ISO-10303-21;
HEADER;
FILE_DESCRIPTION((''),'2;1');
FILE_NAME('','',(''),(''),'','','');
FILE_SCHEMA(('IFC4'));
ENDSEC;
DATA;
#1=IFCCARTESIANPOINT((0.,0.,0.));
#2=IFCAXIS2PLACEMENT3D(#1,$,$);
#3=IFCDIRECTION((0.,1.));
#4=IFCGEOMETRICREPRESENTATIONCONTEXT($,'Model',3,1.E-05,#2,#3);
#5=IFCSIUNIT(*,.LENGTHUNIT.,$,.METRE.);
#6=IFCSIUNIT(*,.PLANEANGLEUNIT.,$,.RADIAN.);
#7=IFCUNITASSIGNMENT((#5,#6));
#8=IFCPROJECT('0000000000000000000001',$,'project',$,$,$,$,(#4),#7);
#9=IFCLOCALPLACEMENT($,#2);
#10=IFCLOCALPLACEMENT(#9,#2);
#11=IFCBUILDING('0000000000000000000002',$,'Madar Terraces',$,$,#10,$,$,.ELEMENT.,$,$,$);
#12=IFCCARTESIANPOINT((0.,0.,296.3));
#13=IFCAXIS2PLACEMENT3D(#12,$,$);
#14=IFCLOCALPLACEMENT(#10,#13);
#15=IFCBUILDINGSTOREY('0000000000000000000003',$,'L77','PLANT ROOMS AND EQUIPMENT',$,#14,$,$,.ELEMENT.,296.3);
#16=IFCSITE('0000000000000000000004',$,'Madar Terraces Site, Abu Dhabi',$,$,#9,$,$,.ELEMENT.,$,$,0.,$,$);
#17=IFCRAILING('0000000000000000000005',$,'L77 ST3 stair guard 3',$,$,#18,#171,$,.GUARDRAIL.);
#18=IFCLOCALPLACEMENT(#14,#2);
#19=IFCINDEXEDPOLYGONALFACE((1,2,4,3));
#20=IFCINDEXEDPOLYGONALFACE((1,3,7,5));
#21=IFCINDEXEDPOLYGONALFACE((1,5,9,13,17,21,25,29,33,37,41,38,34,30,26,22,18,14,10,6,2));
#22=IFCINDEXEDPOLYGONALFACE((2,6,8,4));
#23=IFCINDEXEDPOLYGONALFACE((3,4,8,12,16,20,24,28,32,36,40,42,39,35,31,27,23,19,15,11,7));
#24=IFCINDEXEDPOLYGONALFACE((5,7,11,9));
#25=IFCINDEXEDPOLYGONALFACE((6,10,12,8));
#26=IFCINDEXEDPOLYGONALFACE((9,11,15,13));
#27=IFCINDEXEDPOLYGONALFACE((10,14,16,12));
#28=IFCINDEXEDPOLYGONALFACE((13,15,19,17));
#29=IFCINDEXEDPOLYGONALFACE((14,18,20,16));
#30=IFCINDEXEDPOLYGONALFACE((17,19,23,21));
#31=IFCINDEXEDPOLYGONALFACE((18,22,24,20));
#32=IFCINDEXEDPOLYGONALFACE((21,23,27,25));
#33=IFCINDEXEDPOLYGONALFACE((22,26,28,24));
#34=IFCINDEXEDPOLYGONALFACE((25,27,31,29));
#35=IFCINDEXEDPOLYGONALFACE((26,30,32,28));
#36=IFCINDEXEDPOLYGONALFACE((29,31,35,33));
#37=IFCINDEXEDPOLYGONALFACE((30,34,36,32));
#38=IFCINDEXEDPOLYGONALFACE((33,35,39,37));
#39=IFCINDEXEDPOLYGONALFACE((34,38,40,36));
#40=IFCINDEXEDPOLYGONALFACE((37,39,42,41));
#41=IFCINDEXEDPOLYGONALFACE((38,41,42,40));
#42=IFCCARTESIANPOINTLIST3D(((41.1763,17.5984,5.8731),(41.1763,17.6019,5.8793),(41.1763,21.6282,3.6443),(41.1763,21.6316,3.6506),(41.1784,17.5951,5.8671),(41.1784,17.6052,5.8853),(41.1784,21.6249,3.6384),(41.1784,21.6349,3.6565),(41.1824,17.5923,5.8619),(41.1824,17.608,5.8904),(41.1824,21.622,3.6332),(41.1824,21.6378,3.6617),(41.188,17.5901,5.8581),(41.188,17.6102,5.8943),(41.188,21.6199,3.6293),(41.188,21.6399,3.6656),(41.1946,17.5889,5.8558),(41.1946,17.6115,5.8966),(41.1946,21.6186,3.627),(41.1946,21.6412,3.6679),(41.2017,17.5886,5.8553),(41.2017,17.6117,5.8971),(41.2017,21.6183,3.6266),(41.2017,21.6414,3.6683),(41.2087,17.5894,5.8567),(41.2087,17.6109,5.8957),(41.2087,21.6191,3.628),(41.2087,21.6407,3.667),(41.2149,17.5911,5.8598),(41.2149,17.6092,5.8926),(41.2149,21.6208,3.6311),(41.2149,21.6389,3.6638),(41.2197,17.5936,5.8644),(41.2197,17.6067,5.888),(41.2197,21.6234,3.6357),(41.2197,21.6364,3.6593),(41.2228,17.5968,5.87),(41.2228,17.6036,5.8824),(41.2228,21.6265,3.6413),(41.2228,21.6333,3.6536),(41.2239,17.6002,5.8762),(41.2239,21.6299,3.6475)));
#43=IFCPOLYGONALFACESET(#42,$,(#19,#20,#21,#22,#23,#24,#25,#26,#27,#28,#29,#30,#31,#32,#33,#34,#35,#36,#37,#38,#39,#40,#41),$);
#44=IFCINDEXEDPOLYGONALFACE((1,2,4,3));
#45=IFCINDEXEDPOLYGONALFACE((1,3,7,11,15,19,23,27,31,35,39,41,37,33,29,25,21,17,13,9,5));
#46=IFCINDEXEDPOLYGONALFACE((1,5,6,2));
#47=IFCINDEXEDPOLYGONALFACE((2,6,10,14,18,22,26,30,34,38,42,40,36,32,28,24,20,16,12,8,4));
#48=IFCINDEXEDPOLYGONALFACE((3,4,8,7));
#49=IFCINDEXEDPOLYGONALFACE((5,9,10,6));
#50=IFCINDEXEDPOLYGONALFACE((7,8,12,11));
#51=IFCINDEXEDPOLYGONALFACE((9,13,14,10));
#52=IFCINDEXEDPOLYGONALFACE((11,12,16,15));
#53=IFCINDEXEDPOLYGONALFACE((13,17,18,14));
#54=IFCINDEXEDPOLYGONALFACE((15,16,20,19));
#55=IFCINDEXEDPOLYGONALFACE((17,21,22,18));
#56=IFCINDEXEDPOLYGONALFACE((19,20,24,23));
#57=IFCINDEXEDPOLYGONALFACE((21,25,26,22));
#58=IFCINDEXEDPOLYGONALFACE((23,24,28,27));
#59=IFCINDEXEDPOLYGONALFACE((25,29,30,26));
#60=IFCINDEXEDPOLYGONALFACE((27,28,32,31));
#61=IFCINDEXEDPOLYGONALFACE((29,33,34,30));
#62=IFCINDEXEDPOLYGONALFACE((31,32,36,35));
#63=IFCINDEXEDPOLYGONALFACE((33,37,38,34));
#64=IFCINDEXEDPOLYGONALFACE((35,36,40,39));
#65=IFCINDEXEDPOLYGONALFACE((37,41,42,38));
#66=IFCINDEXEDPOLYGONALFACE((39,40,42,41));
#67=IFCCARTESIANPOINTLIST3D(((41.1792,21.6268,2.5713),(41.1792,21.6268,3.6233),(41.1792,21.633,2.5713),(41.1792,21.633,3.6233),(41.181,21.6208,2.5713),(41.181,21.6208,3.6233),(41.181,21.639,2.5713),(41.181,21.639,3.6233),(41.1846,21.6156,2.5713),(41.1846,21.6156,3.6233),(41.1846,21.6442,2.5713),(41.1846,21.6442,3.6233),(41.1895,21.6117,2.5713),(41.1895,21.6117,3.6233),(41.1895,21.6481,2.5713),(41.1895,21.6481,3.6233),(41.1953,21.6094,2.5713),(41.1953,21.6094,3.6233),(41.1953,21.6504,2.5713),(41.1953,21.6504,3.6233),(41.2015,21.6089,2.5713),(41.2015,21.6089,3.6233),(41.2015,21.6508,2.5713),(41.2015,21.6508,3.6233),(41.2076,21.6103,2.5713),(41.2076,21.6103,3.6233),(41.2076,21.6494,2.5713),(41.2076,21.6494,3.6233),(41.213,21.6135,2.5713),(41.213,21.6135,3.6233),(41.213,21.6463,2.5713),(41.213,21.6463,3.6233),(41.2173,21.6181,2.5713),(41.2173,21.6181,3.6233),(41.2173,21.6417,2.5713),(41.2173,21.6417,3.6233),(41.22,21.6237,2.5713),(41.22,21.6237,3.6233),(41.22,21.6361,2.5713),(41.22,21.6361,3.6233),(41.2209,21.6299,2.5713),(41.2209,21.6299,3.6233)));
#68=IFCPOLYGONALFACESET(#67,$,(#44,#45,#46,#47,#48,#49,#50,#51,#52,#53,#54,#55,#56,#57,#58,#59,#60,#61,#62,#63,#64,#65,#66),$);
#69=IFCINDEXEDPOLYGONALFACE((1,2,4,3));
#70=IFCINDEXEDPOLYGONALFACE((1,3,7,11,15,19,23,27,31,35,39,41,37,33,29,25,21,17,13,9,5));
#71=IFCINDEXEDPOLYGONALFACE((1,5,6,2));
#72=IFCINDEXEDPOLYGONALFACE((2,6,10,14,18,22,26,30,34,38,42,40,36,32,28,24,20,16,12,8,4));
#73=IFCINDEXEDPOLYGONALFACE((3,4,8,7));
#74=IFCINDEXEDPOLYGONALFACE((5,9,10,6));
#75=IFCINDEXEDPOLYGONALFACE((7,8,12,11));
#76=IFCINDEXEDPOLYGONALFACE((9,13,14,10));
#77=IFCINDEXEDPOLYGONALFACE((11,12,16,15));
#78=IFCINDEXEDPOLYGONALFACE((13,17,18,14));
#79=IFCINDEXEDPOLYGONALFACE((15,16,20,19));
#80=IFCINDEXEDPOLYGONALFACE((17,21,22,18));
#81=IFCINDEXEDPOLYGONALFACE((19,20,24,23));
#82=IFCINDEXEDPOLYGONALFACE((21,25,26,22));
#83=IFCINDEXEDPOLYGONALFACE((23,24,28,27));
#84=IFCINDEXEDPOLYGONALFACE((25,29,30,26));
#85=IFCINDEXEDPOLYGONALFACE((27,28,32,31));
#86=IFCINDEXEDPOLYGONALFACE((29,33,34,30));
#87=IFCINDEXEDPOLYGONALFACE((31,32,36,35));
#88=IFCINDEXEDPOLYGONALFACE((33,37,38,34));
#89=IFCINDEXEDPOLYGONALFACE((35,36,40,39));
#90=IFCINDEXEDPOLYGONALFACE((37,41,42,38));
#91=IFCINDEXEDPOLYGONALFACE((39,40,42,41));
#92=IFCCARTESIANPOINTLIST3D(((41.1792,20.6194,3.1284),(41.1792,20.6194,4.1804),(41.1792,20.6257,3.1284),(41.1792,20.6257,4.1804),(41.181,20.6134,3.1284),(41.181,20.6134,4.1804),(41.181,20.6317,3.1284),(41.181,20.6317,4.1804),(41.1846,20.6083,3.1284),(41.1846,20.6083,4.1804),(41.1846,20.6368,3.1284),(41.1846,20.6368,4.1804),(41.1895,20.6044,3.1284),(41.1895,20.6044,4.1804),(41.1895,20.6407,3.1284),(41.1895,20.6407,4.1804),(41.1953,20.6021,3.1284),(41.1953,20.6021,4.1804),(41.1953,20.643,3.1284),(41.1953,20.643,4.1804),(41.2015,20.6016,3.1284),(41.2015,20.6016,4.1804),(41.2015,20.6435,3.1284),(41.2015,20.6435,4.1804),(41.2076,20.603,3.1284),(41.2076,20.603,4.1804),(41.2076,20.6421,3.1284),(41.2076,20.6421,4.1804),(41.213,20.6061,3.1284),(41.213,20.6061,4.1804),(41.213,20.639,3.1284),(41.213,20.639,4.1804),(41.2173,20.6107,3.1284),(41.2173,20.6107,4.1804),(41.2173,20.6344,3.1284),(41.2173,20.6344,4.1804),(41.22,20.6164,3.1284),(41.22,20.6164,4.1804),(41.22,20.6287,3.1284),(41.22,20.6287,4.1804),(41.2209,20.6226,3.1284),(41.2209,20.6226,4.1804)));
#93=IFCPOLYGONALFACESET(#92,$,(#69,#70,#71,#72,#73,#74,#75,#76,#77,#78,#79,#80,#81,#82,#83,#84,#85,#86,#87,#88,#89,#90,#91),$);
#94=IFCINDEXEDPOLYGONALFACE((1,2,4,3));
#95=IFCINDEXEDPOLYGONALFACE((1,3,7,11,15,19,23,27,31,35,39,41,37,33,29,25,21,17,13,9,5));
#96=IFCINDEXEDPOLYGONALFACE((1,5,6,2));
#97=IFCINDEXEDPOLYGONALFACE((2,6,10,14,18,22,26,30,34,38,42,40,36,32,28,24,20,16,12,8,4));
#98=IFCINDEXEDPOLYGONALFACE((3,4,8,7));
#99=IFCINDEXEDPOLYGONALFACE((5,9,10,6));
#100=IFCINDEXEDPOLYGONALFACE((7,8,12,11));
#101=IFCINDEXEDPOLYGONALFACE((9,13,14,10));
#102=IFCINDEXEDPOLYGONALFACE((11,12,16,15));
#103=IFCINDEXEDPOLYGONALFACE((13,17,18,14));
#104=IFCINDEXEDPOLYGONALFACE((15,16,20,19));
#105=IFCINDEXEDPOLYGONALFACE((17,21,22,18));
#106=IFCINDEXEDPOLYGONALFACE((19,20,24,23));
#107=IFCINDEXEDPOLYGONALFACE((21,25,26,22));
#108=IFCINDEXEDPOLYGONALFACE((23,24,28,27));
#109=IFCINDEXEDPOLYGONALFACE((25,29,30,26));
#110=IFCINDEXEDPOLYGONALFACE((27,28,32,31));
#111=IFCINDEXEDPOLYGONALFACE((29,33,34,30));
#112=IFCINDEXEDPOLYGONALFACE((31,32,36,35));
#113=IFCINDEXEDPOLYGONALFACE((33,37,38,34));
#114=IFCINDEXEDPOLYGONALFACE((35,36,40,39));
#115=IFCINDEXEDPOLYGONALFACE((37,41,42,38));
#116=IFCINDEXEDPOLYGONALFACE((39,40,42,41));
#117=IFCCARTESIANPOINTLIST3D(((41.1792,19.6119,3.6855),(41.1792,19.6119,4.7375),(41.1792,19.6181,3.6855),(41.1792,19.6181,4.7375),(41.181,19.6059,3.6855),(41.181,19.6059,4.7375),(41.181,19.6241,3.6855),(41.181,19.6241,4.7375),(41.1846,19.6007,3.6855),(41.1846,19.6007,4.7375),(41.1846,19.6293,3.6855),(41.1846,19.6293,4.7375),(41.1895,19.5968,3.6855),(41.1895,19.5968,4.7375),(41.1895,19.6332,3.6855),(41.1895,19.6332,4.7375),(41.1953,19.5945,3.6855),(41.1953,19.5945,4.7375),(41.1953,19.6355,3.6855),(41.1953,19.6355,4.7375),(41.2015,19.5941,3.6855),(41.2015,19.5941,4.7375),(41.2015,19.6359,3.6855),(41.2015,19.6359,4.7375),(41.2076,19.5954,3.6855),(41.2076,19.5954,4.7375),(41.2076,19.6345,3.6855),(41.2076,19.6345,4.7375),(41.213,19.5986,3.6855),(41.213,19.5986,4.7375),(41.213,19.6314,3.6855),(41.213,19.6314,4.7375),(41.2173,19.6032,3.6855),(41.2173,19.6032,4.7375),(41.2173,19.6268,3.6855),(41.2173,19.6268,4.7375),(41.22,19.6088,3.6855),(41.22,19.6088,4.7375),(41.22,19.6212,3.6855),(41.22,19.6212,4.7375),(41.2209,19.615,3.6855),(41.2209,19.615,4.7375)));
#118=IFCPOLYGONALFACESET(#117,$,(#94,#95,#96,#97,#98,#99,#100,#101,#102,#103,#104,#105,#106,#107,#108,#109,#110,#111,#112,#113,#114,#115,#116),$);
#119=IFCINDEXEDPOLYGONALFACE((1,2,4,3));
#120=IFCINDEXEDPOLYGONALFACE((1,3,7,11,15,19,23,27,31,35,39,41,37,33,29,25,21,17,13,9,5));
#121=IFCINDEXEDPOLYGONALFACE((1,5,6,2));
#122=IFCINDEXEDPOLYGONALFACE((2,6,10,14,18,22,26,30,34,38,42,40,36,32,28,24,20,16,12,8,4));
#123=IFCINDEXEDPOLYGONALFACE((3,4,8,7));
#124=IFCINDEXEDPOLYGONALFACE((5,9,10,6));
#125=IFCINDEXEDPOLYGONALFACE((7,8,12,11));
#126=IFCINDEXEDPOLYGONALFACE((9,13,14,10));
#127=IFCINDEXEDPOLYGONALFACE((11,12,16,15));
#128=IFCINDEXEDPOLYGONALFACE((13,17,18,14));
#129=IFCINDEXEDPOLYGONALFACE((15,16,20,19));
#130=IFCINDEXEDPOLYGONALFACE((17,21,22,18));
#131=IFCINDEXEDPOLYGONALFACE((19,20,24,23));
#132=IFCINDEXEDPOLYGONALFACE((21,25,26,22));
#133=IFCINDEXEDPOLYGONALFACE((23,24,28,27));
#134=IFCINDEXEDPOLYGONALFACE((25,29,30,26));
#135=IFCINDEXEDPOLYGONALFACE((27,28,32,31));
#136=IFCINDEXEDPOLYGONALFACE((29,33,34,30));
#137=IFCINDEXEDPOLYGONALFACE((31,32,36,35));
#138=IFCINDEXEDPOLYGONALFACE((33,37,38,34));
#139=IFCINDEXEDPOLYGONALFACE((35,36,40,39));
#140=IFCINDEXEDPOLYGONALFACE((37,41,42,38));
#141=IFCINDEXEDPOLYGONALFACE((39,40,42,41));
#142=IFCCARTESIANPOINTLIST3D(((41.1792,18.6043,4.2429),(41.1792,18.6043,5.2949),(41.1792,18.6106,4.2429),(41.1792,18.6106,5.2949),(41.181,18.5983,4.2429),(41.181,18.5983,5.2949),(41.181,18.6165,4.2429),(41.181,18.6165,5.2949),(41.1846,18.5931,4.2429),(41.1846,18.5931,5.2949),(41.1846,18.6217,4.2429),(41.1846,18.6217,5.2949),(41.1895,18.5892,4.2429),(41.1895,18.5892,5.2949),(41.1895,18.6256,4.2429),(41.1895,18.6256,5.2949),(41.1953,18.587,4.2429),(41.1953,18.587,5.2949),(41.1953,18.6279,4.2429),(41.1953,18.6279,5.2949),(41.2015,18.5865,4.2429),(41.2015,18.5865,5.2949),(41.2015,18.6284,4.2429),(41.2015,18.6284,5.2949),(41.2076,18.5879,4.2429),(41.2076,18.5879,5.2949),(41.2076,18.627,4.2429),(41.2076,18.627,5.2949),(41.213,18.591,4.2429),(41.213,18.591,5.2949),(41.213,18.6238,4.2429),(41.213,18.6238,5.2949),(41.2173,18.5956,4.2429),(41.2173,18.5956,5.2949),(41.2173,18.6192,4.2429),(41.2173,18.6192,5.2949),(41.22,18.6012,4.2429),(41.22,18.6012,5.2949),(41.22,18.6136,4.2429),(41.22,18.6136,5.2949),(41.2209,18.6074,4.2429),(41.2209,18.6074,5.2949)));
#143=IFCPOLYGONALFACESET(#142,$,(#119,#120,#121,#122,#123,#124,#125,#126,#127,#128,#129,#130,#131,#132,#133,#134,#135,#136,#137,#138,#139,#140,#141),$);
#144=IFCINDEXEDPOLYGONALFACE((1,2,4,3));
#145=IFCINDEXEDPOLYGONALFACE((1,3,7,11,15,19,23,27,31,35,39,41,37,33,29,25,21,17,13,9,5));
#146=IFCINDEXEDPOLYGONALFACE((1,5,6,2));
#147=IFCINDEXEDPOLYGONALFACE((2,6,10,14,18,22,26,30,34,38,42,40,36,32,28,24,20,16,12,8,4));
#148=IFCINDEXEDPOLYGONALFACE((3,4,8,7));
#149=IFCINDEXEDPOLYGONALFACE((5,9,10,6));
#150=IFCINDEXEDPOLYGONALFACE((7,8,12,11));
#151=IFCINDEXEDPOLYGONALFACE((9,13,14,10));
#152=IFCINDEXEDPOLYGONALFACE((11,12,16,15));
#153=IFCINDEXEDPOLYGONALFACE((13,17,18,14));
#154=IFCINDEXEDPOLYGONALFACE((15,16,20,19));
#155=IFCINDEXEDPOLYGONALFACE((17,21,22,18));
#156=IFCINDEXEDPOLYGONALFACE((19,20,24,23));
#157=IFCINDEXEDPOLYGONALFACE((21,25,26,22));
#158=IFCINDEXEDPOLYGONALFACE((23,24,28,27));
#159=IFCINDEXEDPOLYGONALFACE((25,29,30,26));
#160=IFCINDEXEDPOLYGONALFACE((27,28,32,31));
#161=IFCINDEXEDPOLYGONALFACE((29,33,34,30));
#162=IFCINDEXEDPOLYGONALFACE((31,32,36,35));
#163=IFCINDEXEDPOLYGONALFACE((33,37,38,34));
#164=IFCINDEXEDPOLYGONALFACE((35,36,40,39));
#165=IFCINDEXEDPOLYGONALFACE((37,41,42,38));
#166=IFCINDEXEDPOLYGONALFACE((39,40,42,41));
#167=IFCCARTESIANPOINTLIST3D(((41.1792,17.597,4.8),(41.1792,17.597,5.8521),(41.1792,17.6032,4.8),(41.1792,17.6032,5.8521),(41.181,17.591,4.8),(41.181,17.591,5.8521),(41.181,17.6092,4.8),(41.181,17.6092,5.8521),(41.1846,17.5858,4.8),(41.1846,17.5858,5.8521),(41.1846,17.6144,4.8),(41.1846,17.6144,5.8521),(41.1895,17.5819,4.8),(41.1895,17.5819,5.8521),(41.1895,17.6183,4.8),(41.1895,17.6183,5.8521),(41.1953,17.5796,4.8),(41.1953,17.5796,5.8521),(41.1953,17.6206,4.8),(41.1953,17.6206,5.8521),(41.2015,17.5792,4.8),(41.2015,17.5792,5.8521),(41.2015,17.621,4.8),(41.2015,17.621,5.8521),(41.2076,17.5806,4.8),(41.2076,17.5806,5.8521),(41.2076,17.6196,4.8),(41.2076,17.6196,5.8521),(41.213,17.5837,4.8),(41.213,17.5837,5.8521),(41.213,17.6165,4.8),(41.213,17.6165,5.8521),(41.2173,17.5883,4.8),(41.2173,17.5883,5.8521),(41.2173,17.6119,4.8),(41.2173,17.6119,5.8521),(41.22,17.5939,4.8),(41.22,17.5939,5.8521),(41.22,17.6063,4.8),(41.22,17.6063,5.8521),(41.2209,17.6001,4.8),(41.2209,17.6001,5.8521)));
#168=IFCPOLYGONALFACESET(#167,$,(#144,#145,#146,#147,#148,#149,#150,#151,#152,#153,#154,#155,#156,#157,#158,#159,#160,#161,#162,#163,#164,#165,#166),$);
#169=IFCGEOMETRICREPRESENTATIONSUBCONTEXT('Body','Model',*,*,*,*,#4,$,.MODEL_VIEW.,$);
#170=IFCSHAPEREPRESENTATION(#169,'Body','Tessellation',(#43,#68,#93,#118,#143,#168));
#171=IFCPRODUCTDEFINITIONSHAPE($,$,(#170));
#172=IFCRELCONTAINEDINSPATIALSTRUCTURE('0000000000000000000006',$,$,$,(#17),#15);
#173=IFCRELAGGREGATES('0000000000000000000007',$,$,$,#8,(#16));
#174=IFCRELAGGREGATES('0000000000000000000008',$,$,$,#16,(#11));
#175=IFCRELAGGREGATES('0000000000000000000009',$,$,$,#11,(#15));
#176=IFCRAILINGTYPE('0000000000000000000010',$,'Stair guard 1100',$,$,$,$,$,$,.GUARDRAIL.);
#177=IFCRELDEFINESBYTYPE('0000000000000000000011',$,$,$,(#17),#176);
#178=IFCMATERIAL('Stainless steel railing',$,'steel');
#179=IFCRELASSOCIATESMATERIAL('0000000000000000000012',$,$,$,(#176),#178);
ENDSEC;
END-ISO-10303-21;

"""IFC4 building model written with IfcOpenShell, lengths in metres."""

from ifc_helpers import new_model, si_unit, direction, frame, origin, origin_2d, place, context, subcontext, project, spatial, circle, extrude, material, type_object, element, save


model = new_model("IFC4")

# Units and contexts
model_context = context("Model", 3, precision=1e-05, world=origin(), true_north=direction((0.0, 1.0)))
body_context = subcontext(model_context, "Body", "Model", "MODEL_VIEW")
ifc_project = project(units=[si_unit("LENGTHUNIT", "METRE"), si_unit("PLANEANGLEUNIT", "RADIAN")], contexts=[model_context])

# Site, building, storey
site_placement = place(None, origin())
site = spatial("IfcSite", under=ifc_project, at=site_placement, Name="Madar Terraces Site, Abu Dhabi", CompositionType="ELEMENT", RefElevation=0.0)
building_placement = place(site_placement, origin())
building = spatial("IfcBuilding", under=site, at=building_placement, Name="Madar Terraces", CompositionType="ELEMENT")
storey_placement = place(building_placement, frame((0.0, 0.0, 296.3)))
storey = spatial("IfcBuildingStorey", under=building, at=storey_placement, Name="L77", Description="PLANT ROOMS AND EQUIPMENT", CompositionType="ELEMENT", Elevation=296.3)

# Railing
ifc_material_1 = material(Name="Stainless steel railing", Category="steel")
railing_type_1 = type_object("IfcRailingType", Name="Stair guard 1100", PredefinedType="GUARDRAIL", material=ifc_material_1)
railing_1_placement = place(storey_placement, frame((41.2, 21.6299, 2.5713)))
element("IfcRailing", 1, at=railing_1_placement, inside=storey, type_object=railing_type_1, Name="L77 ST3 stair guard 3", PredefinedType="GUARDRAIL", context=body_context, shape_type="SweptSolid", body=[
    extrude(circle(Radius=0.0239, at=origin_2d()), frame((0.0, 0.0, 1.0762), z_axis=(0.0, -0.875078, 0.483981), x_axis=(1.0, 0.0, 0.0)), (0.0, 0.0, 1.0), 4.605),
    extrude(circle(Radius=0.021, at=origin_2d()), origin(), (0.0, 0.0, 1.0), 1.052),
    extrude(circle(Radius=0.021, at=origin_2d()), frame((0.0, -1.0073, 0.5571)), (0.0, 0.0, 1.0), 1.052),
    extrude(circle(Radius=0.021, at=origin_2d()), frame((0.0, -2.0149, 1.1143)), (0.0, 0.0, 1.0), 1.052),
    extrude(circle(Radius=0.021, at=origin_2d()), frame((0.0, -3.0225, 1.6716)), (0.0, 0.0, 1.0), 1.052),
    extrude(circle(Radius=0.021, at=origin_2d()), frame((0.0, -4.0298, 2.2288)), (0.0, 0.0, 1.0), 1.052),
])

save(model, "model.ifc")
